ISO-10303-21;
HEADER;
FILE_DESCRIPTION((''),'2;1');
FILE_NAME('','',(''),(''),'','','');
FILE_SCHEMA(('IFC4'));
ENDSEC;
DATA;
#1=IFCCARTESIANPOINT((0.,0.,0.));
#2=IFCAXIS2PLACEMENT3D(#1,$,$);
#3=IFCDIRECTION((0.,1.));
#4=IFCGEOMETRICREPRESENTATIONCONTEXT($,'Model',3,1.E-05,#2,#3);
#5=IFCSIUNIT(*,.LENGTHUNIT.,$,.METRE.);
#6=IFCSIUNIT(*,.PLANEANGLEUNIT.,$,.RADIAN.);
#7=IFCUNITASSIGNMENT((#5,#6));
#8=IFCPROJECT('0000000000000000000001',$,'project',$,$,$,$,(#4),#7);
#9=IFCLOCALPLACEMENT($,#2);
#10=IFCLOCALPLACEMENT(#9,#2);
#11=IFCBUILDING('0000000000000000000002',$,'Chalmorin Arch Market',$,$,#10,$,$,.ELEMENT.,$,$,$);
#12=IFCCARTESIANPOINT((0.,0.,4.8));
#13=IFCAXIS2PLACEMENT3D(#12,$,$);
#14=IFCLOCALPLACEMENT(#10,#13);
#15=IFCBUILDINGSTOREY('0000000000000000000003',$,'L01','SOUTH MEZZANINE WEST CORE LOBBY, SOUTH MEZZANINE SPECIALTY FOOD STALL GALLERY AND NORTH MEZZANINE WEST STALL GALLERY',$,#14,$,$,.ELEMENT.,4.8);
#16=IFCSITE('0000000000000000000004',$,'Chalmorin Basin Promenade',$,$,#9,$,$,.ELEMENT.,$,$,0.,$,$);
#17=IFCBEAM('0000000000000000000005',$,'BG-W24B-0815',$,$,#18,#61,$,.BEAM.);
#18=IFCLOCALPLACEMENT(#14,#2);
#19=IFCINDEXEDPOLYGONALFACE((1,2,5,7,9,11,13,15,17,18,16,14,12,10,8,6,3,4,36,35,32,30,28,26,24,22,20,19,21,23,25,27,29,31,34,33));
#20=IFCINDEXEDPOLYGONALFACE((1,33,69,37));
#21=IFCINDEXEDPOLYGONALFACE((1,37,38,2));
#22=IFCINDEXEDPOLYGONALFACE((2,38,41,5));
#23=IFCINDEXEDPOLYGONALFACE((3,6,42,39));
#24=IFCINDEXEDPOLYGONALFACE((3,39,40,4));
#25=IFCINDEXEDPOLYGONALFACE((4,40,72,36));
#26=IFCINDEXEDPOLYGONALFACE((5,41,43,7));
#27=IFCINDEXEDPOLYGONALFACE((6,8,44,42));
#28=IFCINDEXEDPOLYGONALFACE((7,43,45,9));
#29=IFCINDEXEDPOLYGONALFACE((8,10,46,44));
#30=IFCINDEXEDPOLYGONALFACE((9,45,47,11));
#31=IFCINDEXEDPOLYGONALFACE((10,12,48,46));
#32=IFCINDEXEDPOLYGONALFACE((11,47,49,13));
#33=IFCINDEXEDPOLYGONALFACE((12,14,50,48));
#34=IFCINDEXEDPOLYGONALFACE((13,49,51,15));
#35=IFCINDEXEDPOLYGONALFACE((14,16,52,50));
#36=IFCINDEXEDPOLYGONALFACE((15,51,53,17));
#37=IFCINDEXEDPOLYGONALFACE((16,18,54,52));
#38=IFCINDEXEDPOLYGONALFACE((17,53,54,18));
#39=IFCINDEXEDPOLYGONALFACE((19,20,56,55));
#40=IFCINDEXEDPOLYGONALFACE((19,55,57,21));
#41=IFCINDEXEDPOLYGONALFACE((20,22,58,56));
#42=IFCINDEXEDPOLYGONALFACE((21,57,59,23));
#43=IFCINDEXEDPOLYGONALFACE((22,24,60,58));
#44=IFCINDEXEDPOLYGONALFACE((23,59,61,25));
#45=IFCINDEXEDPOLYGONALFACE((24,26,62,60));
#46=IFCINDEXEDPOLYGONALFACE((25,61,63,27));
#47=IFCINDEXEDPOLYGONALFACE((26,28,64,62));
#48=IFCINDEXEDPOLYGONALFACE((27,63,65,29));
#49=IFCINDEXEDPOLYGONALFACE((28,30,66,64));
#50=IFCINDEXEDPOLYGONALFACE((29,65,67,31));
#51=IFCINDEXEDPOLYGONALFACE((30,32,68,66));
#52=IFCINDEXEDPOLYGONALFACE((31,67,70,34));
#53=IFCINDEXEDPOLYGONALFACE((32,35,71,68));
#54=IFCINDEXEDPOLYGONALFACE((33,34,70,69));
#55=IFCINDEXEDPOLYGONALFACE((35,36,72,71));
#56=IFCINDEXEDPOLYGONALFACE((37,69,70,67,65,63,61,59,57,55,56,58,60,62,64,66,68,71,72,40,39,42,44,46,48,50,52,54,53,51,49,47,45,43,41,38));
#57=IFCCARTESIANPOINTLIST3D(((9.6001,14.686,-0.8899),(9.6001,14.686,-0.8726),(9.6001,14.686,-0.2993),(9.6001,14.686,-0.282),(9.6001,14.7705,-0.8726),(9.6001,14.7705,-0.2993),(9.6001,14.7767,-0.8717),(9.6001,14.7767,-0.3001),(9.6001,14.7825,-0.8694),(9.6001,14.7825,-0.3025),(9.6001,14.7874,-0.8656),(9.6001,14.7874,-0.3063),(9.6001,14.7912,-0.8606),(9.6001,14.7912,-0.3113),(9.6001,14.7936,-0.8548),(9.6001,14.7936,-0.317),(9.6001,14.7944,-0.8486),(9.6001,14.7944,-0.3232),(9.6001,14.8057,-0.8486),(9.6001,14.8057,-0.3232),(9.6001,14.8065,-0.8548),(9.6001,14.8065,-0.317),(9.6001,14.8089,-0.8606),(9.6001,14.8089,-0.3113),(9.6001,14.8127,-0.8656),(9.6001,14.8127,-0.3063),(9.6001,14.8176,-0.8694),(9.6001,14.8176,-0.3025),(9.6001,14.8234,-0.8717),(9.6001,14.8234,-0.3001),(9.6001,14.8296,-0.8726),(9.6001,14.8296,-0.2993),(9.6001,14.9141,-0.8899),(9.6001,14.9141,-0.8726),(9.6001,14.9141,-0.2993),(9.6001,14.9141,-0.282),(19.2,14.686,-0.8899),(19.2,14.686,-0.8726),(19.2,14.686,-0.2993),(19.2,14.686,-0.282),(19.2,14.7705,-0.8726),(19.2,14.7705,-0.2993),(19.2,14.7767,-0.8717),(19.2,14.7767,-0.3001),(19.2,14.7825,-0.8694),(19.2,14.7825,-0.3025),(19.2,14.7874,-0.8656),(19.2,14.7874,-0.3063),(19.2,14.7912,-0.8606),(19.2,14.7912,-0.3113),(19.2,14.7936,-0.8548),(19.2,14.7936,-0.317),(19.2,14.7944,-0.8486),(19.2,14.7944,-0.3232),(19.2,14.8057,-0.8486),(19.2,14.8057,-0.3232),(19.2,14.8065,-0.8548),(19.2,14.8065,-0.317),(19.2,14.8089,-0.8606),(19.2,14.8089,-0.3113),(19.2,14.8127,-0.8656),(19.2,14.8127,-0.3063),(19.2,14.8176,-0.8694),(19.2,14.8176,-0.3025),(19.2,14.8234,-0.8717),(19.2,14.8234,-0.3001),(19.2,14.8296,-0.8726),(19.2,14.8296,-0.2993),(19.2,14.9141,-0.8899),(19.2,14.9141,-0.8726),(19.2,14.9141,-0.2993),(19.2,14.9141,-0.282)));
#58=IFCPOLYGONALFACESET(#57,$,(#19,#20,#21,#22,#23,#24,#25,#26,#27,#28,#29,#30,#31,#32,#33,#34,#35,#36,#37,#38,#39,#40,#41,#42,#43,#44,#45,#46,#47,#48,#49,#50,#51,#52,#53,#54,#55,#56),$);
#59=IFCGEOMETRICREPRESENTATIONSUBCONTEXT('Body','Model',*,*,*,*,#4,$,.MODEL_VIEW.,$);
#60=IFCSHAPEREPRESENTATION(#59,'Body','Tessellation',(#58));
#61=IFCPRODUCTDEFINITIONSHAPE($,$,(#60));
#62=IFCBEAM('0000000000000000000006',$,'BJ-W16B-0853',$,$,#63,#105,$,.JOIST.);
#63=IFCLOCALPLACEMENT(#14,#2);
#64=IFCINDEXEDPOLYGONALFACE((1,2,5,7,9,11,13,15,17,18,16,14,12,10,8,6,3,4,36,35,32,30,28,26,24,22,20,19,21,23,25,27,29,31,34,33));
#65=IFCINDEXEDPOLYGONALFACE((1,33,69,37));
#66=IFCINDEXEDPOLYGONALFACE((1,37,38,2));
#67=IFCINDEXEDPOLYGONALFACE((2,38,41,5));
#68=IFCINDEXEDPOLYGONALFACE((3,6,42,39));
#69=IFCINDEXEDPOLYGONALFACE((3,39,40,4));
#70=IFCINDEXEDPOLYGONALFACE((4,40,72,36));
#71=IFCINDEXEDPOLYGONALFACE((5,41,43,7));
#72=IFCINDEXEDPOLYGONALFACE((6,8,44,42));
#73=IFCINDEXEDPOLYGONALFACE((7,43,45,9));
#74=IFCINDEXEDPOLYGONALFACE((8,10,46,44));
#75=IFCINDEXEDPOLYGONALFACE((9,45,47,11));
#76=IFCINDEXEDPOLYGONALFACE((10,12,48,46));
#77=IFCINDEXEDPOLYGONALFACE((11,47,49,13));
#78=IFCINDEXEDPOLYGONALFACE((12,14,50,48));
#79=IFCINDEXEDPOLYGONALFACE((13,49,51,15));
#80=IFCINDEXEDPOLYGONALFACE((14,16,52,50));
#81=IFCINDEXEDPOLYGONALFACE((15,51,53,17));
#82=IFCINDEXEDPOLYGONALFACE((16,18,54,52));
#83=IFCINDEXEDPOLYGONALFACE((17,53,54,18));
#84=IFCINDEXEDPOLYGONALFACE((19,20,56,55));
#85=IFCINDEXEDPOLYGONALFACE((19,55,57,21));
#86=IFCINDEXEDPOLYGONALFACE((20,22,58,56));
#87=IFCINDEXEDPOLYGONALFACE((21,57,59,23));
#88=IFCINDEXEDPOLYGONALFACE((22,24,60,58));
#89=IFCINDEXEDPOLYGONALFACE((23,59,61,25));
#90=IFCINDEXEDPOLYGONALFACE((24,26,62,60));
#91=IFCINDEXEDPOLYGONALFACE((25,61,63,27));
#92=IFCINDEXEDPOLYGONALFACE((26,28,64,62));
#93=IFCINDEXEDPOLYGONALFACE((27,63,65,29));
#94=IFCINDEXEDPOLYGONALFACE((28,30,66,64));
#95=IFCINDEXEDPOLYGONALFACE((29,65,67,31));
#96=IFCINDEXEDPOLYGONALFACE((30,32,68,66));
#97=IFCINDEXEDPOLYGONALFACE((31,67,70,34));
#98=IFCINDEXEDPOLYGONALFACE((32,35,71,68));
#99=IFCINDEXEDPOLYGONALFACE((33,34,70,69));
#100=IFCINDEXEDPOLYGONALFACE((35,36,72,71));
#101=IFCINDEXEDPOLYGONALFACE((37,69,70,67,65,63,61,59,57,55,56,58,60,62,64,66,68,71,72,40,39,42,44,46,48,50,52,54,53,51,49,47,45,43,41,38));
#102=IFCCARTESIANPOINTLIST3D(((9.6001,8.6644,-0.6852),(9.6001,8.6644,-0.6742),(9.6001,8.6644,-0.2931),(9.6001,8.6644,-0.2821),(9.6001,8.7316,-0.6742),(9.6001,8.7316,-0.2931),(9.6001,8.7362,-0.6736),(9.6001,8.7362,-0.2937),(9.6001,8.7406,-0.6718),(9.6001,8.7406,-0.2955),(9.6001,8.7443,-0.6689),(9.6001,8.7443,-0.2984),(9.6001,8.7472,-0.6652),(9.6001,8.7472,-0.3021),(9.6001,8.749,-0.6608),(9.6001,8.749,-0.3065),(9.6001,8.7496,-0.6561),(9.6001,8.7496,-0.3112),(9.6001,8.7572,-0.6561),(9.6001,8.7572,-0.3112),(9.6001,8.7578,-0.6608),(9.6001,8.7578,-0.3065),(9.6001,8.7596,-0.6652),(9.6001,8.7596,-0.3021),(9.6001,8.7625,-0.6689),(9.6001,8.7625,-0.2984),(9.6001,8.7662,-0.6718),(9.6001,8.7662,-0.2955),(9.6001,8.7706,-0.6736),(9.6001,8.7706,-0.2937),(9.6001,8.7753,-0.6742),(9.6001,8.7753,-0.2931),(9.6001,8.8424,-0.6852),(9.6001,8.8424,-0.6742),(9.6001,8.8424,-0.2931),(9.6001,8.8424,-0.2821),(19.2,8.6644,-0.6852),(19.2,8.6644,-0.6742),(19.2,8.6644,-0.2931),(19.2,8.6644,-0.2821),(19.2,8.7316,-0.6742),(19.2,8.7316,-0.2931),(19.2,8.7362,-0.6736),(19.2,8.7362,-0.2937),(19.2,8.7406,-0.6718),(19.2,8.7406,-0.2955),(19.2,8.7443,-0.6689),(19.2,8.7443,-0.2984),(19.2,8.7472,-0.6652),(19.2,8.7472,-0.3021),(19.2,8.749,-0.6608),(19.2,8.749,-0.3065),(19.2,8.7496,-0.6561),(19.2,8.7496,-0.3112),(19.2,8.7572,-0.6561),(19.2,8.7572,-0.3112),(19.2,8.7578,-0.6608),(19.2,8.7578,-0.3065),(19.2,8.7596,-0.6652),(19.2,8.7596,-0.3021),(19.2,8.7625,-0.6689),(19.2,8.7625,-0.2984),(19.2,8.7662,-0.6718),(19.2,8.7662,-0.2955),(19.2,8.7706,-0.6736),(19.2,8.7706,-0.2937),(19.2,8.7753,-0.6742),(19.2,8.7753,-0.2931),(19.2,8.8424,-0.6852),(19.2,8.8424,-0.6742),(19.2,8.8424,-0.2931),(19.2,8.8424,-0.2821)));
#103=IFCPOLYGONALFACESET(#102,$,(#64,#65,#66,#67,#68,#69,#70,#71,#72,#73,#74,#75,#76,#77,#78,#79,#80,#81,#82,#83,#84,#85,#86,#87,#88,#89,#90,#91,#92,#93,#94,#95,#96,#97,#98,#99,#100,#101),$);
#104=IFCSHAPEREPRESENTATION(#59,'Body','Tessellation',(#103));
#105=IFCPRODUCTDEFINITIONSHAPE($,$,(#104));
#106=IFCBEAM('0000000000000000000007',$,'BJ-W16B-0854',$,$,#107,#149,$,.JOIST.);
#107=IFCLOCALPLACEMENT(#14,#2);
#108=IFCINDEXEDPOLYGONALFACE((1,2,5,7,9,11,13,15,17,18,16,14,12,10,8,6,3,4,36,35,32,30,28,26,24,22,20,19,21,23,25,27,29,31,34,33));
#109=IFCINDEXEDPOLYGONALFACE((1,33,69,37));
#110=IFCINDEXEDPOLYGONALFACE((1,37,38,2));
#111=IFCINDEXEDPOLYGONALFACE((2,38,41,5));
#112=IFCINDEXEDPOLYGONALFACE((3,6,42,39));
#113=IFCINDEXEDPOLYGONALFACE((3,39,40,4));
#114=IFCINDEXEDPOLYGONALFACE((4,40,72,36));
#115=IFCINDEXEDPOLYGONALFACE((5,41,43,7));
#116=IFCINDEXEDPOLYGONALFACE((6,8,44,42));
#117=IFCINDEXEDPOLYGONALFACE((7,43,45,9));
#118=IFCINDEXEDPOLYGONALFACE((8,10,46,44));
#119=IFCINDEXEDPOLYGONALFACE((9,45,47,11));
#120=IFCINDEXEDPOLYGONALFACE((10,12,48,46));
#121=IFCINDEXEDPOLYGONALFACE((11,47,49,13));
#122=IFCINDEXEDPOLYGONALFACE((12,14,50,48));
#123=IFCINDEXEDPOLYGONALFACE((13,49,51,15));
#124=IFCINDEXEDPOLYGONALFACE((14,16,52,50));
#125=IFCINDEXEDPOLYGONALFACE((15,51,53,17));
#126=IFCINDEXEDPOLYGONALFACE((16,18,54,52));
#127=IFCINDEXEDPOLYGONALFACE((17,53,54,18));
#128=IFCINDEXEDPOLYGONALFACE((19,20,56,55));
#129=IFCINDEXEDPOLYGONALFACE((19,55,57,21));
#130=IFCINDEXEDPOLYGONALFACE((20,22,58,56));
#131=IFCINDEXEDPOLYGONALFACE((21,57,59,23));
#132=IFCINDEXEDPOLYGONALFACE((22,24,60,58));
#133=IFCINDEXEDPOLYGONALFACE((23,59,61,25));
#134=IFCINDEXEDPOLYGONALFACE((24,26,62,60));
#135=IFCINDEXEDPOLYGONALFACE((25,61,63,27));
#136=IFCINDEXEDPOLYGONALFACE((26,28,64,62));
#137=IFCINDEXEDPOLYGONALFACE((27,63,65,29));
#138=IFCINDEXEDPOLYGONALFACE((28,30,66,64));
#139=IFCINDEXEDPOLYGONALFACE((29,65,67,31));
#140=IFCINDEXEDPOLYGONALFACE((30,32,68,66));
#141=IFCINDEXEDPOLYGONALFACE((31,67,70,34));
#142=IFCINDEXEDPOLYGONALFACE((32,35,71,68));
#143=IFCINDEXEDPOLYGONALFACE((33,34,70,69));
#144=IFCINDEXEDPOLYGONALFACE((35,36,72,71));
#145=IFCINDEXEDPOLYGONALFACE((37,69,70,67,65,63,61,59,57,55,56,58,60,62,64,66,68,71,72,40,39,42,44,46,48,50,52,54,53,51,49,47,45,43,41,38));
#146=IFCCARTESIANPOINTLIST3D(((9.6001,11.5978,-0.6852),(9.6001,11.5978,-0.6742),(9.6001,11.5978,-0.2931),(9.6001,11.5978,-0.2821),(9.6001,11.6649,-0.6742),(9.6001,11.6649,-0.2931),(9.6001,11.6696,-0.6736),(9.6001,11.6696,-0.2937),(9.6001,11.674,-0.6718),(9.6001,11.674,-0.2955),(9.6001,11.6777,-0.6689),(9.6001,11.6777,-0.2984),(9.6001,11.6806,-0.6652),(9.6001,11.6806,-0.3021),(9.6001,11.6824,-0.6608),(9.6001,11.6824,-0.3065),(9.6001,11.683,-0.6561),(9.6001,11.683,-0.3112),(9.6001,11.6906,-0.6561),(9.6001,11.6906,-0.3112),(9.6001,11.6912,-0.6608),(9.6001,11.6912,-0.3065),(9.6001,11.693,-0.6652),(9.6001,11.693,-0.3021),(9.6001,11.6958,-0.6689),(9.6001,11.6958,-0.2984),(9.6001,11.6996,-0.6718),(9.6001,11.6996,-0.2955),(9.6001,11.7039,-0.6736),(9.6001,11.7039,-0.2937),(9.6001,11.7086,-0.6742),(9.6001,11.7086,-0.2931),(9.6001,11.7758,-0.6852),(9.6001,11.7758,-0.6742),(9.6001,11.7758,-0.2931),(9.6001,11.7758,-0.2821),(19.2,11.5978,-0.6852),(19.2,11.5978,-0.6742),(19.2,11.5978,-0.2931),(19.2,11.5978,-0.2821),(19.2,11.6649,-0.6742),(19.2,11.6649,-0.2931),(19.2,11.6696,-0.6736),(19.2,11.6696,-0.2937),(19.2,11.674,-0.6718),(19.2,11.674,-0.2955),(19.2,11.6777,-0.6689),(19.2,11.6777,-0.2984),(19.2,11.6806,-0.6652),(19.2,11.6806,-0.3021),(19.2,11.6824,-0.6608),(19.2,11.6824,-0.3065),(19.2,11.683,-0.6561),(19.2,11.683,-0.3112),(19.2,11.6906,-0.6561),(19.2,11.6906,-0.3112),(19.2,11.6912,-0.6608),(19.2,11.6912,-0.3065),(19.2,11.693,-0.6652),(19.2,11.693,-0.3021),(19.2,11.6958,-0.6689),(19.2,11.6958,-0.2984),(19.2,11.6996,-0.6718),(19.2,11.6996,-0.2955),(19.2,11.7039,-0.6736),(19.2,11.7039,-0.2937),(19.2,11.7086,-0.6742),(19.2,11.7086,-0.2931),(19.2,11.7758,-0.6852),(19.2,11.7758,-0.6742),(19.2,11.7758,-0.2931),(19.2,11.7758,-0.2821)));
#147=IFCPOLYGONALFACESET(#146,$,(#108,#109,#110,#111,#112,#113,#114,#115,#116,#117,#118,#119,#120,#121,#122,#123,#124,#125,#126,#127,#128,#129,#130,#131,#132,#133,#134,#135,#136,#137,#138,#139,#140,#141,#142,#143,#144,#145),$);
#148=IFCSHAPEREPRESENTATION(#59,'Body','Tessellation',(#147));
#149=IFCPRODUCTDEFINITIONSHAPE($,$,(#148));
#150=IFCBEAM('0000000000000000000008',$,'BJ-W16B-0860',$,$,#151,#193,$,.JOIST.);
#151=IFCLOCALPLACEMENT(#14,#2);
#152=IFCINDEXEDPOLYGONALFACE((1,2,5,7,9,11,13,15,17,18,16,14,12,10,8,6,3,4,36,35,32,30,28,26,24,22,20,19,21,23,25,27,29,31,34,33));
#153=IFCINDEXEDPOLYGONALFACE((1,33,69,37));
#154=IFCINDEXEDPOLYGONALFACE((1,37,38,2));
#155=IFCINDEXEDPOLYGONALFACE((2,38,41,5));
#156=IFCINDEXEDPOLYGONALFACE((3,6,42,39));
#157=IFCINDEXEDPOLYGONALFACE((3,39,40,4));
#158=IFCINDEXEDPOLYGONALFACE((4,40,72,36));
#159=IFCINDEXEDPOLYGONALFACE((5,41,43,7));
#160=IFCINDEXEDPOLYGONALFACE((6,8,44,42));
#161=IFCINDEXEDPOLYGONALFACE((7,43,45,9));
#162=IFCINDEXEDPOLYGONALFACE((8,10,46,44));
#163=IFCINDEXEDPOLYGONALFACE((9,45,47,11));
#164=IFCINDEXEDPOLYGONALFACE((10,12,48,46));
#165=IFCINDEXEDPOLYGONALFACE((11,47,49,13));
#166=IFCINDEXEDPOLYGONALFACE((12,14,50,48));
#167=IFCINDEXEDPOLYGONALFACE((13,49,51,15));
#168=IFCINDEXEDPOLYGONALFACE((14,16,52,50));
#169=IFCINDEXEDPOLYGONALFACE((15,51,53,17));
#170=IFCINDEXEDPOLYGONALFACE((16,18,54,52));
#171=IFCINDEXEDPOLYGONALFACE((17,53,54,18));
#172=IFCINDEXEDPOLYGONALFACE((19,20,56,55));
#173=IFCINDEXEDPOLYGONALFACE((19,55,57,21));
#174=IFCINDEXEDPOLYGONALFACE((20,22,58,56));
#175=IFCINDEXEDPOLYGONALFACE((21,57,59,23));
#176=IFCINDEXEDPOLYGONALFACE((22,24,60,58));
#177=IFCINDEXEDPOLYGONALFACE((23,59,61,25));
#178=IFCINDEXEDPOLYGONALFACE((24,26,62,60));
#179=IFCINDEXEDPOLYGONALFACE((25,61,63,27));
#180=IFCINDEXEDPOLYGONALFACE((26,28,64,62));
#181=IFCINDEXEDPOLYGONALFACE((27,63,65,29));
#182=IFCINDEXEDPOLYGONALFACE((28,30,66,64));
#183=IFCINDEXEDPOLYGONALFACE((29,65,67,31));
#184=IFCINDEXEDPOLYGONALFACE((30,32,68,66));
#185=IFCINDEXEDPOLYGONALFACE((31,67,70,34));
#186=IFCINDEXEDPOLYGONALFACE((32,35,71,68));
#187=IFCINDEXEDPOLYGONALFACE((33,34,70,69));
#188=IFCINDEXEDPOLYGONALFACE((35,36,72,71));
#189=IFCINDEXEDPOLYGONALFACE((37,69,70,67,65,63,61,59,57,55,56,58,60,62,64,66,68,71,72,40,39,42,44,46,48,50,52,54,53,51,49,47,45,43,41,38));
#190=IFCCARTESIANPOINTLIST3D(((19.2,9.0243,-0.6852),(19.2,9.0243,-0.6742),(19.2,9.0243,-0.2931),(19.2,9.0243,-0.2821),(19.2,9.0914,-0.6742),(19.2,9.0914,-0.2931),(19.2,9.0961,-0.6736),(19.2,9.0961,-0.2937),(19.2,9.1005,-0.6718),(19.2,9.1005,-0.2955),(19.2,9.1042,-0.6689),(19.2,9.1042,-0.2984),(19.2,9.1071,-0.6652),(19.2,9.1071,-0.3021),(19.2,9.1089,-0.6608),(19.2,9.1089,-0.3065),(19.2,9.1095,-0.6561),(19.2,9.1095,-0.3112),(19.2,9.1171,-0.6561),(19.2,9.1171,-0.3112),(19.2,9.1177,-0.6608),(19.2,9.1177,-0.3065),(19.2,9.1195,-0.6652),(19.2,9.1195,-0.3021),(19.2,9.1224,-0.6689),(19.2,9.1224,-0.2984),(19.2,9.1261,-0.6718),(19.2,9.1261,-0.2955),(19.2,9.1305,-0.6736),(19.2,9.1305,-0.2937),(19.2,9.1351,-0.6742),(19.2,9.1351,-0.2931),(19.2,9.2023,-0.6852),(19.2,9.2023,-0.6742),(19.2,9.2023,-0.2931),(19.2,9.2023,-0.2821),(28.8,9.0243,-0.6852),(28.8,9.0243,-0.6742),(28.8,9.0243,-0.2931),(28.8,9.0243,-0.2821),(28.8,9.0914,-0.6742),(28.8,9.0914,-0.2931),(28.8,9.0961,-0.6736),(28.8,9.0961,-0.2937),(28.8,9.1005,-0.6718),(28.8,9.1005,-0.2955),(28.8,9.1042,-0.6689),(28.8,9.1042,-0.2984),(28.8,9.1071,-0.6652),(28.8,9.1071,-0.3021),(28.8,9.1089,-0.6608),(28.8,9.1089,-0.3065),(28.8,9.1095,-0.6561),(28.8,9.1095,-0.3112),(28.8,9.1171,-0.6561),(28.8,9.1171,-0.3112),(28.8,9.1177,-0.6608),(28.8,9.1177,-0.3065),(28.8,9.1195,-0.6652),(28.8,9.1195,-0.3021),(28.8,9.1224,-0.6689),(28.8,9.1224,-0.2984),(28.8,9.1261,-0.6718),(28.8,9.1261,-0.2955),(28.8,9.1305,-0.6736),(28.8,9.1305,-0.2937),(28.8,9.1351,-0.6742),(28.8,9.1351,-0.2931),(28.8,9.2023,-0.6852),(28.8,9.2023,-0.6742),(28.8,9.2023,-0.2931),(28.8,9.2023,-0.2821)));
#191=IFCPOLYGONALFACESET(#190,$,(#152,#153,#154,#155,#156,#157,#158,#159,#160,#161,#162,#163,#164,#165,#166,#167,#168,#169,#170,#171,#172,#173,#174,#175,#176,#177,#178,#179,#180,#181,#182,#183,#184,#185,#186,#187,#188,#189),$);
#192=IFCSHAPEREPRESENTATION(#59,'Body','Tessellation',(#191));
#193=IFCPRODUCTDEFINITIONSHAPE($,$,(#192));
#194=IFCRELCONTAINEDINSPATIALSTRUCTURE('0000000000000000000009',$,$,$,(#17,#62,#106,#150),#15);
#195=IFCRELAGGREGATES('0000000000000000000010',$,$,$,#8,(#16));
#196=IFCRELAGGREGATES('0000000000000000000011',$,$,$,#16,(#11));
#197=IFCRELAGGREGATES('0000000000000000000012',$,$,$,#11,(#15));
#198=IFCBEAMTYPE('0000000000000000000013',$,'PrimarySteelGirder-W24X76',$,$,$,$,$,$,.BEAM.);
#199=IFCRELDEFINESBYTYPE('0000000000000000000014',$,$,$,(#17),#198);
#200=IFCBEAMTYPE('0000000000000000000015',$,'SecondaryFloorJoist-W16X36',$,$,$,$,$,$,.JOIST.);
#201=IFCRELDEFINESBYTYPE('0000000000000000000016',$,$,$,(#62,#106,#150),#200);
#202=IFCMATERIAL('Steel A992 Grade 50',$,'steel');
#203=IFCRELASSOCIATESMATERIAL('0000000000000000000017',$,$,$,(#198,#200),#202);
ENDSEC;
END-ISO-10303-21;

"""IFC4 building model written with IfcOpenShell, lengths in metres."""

from ifc_helpers import new_model, si_unit, direction, frame, origin, origin_2d, place, context, subcontext, project, spatial, i_section, extrude, material, material_profile, profile_set, type_object, element, save


model = new_model("IFC4")

# Units and contexts
model_context = context("Model", 3, precision=1e-05, world=origin(), true_north=direction((0.0, 1.0)))
body_context = subcontext(model_context, "Body", "Model", "MODEL_VIEW")
ifc_project = project(units=[si_unit("LENGTHUNIT", "METRE"), si_unit("PLANEANGLEUNIT", "RADIAN")], contexts=[model_context])

# Site, building, storey
site_placement = place(None, origin())
site = spatial("IfcSite", under=ifc_project, at=site_placement, Name="Chalmorin Basin Promenade", CompositionType="ELEMENT", RefElevation=0.0)
building_placement = place(site_placement, origin())
building = spatial("IfcBuilding", under=site, at=building_placement, Name="Chalmorin Arch Market", CompositionType="ELEMENT")
storey_placement = place(building_placement, frame((0.0, 0.0, 4.8)))
storey = spatial("IfcBuildingStorey", under=building, at=storey_placement, Name="L01", Description="SOUTH MEZZANINE WEST CORE LOBBY, SOUTH MEZZANINE SPECIALTY FOOD STALL GALLERY AND NORTH MEZZANINE WEST STALL GALLERY", CompositionType="ELEMENT", Elevation=4.8)

# Shared definitions
ifc_material_1 = material(Name="Steel A992 Grade 50", Category="steel")

# Beams
ifc_material_profile_1 = material_profile(ifc_material_1, i_section(OverallWidth=0.228, OverallDepth=0.6079, WebThickness=0.0112, FlangeThickness=0.0173, FilletRadius=0.0239, at=origin_2d()), Name="W24X76")
ifc_profile_set_1 = profile_set([ifc_material_profile_1], Name="Steel A992 Grade 50")
beam_type_1 = type_object("IfcBeamType", Name="PrimarySteelGirder-W24X76", PredefinedType="BEAM", material=ifc_profile_set_1)
beam_1_placement = place(storey_placement, frame((9.6001, 14.8, -0.5859), z_axis=(1.0, 0.0, 0.0), x_axis=(0.0, 1.0, 0.0)))
element("IfcBeam", 1, at=beam_1_placement, inside=storey, type_object=beam_type_1, Name="BG-W24B-0815", PredefinedType="BEAM", context=body_context, shape_type="SweptSolid", body=[
    extrude(i_section(OverallWidth=0.228, OverallDepth=0.6079, WebThickness=0.0112, FlangeThickness=0.0173, FilletRadius=0.0239, at=origin_2d()), origin(), (0.0, 0.0, 1.0), 9.5999),
])
ifc_material_profile_2 = material_profile(ifc_material_1, i_section(OverallWidth=0.178, OverallDepth=0.4031, WebThickness=0.0076, FlangeThickness=0.011, FilletRadius=0.0181, at=origin_2d()), Name="W16X36")
ifc_profile_set_2 = profile_set([ifc_material_profile_2], Name="Steel A992 Grade 50")
beam_type_2 = type_object("IfcBeamType", Name="SecondaryFloorJoist-W16X36", PredefinedType="JOIST", material=ifc_profile_set_2)
for number, where, z_axis, x_axis, name in (
    (2, (9.6001, 8.7534, -0.4836), (1.0, 0.0, 0.0), (0.0, 1.0, 0.0), "BJ-W16B-0853"),
    (3, (9.6001, 11.6868, -0.4836), (1.0, 0.0, 0.0), (0.0, 1.0, 0.0), "BJ-W16B-0854"),
):
    element("IfcBeam", number, at=place(storey_placement, frame(where, z_axis=z_axis, x_axis=x_axis)), inside=storey, type_object=beam_type_2, Name=name, PredefinedType="JOIST", context=body_context, shape_type="SweptSolid", body=[
        extrude(i_section(OverallWidth=0.178, OverallDepth=0.4031, WebThickness=0.0076, FlangeThickness=0.011, FilletRadius=0.0181, at=origin_2d()), origin(), (0.0, 0.0, 1.0), 9.5999),
    ])
for number, where, z_axis, x_axis, name in (
    (4, (19.2, 9.1133, -0.4836), (1.0, 0.0, 0.0), (0.0, 1.0, 0.0), "BJ-W16B-0860"),
):
    element("IfcBeam", number, at=place(storey_placement, frame(where, z_axis=z_axis, x_axis=x_axis)), inside=storey, type_object=beam_type_2, Name=name, PredefinedType="JOIST", context=body_context, shape_type="SweptSolid", body=[
        extrude(i_section(OverallWidth=0.178, OverallDepth=0.4031, WebThickness=0.0076, FlangeThickness=0.011, FilletRadius=0.0181, at=origin_2d()), origin(), (0.0, 0.0, 1.0), 9.6001),
    ])

save(model, "model.ifc")
